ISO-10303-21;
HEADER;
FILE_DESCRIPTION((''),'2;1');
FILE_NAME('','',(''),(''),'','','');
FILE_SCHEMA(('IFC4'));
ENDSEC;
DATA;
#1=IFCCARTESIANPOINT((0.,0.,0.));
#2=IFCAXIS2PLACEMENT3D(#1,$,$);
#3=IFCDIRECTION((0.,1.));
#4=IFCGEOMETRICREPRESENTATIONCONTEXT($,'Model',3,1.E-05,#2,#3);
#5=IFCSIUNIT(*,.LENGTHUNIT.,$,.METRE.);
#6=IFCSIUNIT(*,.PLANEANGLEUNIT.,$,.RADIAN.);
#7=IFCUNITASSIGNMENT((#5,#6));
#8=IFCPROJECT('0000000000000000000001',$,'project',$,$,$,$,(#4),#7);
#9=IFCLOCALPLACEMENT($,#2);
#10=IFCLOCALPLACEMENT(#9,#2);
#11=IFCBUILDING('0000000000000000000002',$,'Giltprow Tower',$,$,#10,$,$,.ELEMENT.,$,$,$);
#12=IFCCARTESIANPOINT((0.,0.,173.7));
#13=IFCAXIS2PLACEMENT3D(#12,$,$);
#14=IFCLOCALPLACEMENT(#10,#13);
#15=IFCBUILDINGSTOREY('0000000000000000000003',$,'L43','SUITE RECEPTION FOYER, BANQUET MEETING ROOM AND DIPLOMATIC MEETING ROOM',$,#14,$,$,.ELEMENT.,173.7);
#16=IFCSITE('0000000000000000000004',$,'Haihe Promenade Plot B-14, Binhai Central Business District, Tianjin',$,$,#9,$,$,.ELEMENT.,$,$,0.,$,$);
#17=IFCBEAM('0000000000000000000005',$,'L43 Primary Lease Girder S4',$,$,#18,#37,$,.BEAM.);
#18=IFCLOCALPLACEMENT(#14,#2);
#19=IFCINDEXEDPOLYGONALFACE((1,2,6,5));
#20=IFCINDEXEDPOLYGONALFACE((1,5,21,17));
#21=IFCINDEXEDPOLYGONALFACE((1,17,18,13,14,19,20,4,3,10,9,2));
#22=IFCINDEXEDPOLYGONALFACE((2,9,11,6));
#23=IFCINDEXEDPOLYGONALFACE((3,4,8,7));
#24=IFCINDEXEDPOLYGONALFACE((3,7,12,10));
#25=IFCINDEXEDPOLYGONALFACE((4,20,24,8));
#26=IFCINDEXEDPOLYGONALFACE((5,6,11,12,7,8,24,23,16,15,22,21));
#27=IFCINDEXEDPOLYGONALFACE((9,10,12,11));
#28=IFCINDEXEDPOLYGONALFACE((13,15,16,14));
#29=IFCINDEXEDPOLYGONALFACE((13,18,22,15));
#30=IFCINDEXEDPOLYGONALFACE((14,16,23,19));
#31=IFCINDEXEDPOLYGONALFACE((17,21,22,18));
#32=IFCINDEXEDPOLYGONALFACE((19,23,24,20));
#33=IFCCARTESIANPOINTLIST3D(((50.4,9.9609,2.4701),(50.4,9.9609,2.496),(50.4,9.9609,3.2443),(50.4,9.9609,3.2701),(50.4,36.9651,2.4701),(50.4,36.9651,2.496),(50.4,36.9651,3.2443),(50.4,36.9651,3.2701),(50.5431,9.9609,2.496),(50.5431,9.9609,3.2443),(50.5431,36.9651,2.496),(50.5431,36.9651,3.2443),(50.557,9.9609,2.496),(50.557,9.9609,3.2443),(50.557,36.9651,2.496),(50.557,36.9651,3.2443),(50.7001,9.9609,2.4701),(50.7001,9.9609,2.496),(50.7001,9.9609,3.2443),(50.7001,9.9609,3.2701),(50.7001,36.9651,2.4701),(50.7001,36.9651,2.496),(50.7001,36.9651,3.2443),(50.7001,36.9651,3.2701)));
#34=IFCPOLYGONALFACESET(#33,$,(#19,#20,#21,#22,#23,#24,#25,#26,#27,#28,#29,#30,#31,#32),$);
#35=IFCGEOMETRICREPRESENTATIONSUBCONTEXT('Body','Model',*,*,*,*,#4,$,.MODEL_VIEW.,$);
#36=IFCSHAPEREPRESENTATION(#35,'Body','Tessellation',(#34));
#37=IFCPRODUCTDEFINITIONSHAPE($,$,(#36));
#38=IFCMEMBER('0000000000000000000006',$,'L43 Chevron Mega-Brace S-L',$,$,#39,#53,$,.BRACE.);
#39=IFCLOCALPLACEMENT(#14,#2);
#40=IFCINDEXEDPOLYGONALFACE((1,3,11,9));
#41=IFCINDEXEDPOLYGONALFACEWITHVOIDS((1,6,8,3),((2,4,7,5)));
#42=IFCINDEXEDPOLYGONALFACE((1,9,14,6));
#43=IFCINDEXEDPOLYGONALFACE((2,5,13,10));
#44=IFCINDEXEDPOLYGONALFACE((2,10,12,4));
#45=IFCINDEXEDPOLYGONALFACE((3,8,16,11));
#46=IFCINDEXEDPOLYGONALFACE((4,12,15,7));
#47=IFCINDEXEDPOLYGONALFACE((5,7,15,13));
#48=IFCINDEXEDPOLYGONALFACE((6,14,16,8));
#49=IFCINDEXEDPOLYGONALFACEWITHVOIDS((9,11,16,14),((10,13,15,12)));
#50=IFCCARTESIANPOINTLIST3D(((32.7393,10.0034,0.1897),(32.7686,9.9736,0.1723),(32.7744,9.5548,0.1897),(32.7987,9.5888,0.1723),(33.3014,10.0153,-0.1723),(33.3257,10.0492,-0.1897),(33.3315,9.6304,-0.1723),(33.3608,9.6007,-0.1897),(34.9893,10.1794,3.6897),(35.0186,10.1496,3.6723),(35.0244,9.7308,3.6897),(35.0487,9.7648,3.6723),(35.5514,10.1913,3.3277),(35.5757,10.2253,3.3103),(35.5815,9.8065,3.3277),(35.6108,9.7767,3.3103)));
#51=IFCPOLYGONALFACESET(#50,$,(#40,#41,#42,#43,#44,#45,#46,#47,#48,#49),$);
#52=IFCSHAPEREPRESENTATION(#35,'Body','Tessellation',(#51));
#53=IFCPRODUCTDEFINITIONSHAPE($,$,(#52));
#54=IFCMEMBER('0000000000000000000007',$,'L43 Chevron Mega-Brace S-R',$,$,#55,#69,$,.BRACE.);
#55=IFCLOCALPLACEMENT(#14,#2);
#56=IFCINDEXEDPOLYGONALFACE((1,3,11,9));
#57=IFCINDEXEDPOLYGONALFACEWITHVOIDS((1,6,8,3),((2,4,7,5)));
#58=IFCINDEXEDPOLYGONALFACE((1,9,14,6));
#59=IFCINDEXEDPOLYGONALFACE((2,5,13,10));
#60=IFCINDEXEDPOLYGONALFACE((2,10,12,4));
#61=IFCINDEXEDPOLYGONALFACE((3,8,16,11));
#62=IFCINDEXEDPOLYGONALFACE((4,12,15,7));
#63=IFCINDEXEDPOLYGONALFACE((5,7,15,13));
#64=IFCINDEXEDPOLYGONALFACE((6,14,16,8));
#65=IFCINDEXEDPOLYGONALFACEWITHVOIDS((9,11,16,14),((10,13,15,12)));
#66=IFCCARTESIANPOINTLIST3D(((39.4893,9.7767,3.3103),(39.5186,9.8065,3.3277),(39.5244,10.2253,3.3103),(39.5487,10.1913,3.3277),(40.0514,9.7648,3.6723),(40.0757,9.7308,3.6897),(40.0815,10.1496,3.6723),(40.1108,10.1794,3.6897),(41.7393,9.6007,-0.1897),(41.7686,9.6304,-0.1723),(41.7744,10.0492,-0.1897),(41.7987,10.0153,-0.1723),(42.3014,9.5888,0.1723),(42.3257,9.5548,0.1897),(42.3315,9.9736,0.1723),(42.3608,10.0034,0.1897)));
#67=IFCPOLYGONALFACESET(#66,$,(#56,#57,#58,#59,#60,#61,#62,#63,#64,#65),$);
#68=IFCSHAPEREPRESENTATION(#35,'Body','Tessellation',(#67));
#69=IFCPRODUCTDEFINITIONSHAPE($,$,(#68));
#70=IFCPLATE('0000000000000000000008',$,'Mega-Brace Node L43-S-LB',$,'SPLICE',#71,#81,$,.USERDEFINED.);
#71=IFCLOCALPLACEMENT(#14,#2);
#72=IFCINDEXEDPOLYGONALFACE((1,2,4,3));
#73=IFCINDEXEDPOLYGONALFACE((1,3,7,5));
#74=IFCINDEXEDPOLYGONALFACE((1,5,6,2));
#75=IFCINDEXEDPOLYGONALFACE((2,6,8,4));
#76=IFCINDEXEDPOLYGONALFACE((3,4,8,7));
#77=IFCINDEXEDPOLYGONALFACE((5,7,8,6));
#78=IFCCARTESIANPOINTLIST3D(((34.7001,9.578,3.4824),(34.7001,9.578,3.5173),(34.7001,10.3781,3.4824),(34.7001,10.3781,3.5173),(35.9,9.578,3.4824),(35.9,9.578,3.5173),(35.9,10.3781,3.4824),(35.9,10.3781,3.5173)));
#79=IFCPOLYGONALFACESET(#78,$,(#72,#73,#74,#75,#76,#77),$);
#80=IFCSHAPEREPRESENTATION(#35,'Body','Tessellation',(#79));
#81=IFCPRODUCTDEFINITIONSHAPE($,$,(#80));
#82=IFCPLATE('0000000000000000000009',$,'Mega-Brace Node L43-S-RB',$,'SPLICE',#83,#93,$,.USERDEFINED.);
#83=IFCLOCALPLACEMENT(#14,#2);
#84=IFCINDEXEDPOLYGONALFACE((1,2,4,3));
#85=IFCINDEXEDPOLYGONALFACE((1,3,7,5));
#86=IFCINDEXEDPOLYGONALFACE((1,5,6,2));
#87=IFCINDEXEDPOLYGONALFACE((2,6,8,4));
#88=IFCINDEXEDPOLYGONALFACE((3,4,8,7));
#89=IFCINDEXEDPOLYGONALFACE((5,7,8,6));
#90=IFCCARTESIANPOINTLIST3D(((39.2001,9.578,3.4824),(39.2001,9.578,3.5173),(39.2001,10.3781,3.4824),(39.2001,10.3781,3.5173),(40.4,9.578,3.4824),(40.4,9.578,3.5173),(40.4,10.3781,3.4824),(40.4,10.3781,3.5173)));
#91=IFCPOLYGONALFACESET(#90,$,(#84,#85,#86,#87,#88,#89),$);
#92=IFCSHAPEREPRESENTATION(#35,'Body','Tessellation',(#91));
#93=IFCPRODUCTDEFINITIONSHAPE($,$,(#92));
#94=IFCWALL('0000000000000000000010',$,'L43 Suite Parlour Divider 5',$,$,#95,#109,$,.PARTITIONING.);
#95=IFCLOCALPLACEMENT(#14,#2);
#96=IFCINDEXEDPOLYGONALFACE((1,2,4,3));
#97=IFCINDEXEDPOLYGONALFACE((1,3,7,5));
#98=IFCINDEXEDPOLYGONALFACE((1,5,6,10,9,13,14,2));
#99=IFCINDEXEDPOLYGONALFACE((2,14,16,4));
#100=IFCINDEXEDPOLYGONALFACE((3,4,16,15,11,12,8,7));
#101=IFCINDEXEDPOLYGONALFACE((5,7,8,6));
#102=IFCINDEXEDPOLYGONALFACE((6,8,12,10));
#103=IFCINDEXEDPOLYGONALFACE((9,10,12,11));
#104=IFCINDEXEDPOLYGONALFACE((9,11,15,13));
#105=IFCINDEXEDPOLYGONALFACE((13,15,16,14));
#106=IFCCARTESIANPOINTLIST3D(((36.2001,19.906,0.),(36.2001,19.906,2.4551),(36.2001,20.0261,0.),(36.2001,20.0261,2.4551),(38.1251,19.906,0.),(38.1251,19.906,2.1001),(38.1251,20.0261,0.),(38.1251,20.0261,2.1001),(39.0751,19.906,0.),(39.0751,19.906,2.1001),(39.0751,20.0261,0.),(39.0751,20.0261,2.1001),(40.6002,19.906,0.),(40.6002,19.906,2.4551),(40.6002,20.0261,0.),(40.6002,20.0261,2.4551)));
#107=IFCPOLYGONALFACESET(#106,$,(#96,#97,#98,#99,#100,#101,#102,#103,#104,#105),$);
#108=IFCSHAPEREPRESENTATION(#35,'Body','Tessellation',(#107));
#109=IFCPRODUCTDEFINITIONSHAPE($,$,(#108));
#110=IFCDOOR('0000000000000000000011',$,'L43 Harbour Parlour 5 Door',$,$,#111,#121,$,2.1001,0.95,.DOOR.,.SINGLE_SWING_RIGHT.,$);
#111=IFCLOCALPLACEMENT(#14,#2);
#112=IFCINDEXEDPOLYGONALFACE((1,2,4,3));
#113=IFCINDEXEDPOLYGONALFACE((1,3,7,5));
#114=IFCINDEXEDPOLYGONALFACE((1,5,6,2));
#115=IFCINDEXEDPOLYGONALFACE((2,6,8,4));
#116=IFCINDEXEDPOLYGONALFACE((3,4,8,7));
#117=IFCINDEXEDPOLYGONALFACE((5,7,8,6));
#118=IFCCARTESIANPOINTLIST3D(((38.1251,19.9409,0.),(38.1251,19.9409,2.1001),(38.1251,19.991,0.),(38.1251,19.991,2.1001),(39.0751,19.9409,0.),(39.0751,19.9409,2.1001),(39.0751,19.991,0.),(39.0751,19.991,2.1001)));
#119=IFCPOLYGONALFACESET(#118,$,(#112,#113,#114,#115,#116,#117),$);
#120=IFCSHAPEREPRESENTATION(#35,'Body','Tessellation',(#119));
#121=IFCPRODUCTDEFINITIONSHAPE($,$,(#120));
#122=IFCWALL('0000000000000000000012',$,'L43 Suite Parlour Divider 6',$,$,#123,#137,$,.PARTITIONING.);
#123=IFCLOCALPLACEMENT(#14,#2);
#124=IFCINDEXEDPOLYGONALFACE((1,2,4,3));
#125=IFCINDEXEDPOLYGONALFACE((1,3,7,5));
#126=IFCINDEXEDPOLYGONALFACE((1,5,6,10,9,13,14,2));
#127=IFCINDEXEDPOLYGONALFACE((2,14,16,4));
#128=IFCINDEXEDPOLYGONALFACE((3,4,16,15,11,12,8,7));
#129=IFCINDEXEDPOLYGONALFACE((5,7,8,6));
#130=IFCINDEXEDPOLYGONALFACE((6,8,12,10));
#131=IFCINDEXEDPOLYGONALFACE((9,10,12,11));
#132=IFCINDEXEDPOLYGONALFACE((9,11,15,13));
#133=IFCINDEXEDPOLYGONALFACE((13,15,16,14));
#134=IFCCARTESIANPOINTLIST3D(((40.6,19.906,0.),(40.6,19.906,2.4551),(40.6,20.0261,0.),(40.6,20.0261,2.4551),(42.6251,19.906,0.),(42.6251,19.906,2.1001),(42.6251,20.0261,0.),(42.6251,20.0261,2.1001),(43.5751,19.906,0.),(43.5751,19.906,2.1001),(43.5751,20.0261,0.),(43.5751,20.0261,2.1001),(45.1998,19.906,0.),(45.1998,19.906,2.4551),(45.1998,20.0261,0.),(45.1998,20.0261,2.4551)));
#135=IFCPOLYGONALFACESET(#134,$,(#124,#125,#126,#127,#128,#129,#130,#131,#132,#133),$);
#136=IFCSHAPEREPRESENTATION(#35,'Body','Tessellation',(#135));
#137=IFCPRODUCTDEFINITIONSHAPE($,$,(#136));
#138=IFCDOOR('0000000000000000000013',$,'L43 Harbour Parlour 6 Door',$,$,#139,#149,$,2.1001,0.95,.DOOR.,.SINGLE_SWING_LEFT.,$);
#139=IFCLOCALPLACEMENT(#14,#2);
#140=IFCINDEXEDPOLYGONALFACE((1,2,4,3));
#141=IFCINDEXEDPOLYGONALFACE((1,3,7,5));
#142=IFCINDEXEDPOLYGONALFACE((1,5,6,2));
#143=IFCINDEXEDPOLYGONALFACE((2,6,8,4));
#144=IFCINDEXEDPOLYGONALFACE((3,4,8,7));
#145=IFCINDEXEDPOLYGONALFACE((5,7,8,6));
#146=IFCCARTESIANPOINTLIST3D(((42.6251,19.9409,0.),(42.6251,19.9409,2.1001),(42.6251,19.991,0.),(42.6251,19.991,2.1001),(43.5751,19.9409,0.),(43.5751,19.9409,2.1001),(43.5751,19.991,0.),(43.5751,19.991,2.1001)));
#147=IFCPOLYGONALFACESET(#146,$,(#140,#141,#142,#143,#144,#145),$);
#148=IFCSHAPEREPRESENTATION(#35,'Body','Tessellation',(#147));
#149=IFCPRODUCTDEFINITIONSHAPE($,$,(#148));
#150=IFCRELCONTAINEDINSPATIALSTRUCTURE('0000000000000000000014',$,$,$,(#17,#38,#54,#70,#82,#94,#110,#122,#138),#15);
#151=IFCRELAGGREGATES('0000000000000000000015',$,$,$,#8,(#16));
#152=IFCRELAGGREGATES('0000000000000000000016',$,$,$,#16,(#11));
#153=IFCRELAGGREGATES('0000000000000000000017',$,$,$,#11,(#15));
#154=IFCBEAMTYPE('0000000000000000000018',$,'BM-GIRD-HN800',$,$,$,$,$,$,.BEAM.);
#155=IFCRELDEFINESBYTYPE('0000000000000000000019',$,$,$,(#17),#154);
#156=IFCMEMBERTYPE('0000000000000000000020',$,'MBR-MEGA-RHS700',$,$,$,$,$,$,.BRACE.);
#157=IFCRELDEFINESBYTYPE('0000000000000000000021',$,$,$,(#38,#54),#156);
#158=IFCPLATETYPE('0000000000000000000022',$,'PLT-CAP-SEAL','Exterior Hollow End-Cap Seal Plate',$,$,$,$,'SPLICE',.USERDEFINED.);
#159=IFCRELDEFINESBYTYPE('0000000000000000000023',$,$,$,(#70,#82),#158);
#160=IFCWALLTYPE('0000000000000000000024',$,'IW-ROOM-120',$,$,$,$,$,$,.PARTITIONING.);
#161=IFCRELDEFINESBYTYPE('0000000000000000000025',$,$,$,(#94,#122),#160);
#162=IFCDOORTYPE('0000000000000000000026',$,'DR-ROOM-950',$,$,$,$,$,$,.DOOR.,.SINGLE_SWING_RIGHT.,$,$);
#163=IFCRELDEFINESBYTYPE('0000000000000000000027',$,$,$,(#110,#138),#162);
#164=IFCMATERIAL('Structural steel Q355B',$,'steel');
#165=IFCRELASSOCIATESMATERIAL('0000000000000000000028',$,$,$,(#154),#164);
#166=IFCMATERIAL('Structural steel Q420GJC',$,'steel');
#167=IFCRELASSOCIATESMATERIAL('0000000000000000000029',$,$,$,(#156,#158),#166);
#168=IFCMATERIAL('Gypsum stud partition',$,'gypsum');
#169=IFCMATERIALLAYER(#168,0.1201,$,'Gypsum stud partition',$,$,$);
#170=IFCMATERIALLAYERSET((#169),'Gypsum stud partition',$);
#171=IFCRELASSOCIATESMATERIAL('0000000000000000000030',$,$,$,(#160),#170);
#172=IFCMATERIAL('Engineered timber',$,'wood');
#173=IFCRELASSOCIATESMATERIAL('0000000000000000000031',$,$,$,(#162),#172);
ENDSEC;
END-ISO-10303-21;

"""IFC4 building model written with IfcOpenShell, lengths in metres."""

from ifc_helpers import new_model, si_unit, direction, frame, frame_2d, origin, origin_2d, place, context, subcontext, project, spatial, rectangle, hollow_rectangle, i_section, extrude, source, transform, mapped, material, layer, layer_set, material_profile, profile_set, type_object, element, fill, save


model = new_model("IFC4")

# Units and contexts
model_context = context("Model", 3, precision=1e-05, world=origin(), true_north=direction((0.0, 1.0)))
body_context = subcontext(model_context, "Body", "Model", "MODEL_VIEW")
ifc_project = project(units=[si_unit("LENGTHUNIT", "METRE"), si_unit("PLANEANGLEUNIT", "RADIAN")], contexts=[model_context])

# Site, building, storey
site_placement = place(None, origin())
site = spatial("IfcSite", under=ifc_project, at=site_placement, Name="Haihe Promenade Plot B-14, Binhai Central Business District, Tianjin", CompositionType="ELEMENT", RefElevation=0.0)
building_placement = place(site_placement, origin())
building = spatial("IfcBuilding", under=site, at=building_placement, Name="Giltprow Tower", CompositionType="ELEMENT")
storey_placement = place(building_placement, frame((0.0, 0.0, 173.7)))
storey = spatial("IfcBuildingStorey", under=building, at=storey_placement, Name="L43", Description="SUITE RECEPTION FOYER, BANQUET MEETING ROOM AND DIPLOMATIC MEETING ROOM", CompositionType="ELEMENT", Elevation=173.7)

# Beam
ifc_material_1 = material(Name="Structural steel Q355B", Category="steel")
ifc_material_profile_1 = material_profile(ifc_material_1, i_section(OverallWidth=0.3, OverallDepth=0.8, WebThickness=0.0139, FlangeThickness=0.0259, at=origin_2d()), Name="HN 800x300x14x26")
ifc_profile_set_1 = profile_set([ifc_material_profile_1], Name="Structural steel Q355B")
beam_type_1 = type_object("IfcBeamType", Name="BM-GIRD-HN800", PredefinedType="BEAM", material=ifc_profile_set_1)
shared_shape_1 = source(origin(), body_context, "Body", "SweptSolid", [
    extrude(i_section(OverallWidth=0.3, OverallDepth=0.8, WebThickness=0.0139, FlangeThickness=0.0259, at=origin_2d()), origin(), (0.0, 0.0, 1.0), 27.0042),
])
for number, where, z_axis, x_axis, name in (
    (1, (50.55, 9.9609, 2.8701), (0.0, 1.0, 0.0), (-1.0, 0.0, 0.0), "L43 Primary Lease Girder S4"),
):
    element("IfcBeam", number, at=place(storey_placement, frame(where, z_axis=z_axis, x_axis=x_axis)), inside=storey, type_object=beam_type_1, Name=name, PredefinedType="BEAM", context=body_context, shape_type="MappedRepresentation", body=[
        mapped(shared_shape_1, transform((0.0, 0.0, 0.0), x_axis=(1.0, 0.0, 0.0), y_axis=(0.0, 1.0, 0.0), z_axis=(0.0, 0.0, 1.0), scale=1.0)),
    ])

# Members
ifc_material_2 = material(Name="Structural steel Q420GJC", Category="steel")
ifc_material_profile_2 = material_profile(ifc_material_2, hollow_rectangle(XDim=0.45, YDim=0.7, WallThickness=0.032, at=origin_2d()), Name="RHS 700x450x32")
ifc_profile_set_2 = profile_set([ifc_material_profile_2], Name="Structural steel Q420GJC")
member_type = type_object("IfcMemberType", Name="MBR-MEGA-RHS700", PredefinedType="BRACE", material=ifc_profile_set_2)
shared_shape_2 = source(origin(), body_context, "Body", "SweptSolid", [
    extrude(hollow_rectangle(XDim=0.45, YDim=0.7, WallThickness=0.032, at=origin_2d()), origin(), (0.0, 0.0, 1.0), 4.1646),
])
for number, where, z_axis, x_axis, name in (
    (2, (33.05, 9.802, 0.0), (0.540274, 0.042268, 0.840427), (-0.077995, 0.996954, 0.0), "L43 Chevron Mega-Brace S-L"),
    (3, (42.05, 9.802, 0.0), (-0.540274, 0.042268, 0.840427), (-0.077995, -0.996954, 0.0), "L43 Chevron Mega-Brace S-R"),
):
    element("IfcMember", number, at=place(storey_placement, frame(where, z_axis=z_axis, x_axis=x_axis)), inside=storey, type_object=member_type, Name=name, PredefinedType="BRACE", context=body_context, shape_type="MappedRepresentation", body=[
        mapped(shared_shape_2, transform((0.0, 0.0, 0.0), x_axis=(1.0, 0.0, 0.0), y_axis=(0.0, 1.0, 0.0), z_axis=(0.0, 0.0, 1.0), scale=1.0)),
    ])

# Plates
plate_type = type_object("IfcPlateType", Name="PLT-CAP-SEAL", Description="Exterior Hollow End-Cap Seal Plate", ElementType="SPLICE", PredefinedType="USERDEFINED", material=ifc_material_2)
shared_shape_3 = source(origin(), body_context, "Body", "SweptSolid", [
    extrude(rectangle(XDim=1.2, YDim=0.8, at=origin_2d()), origin(), (0.0, 0.0, 1.0), 0.0349),
])
for number, where, z_axis, x_axis, name in (
    (4, (35.3, 9.978, 3.4824), (0.0, 0.0, 1.0), (1.0, 0.0, 0.0), "Mega-Brace Node L43-S-LB"),
    (5, (39.8, 9.978, 3.4824), (0.0, 0.0, 1.0), (1.0, 0.0, 0.0), "Mega-Brace Node L43-S-RB"),
):
    element("IfcPlate", number, at=place(storey_placement, frame(where, z_axis=z_axis, x_axis=x_axis)), inside=storey, type_object=plate_type, Name=name, ObjectType="SPLICE", PredefinedType="USERDEFINED", context=body_context, shape_type="MappedRepresentation", body=[
        mapped(shared_shape_3, transform((0.0, 0.0, 0.0), x_axis=(1.0, 0.0, 0.0), y_axis=(0.0, 1.0, 0.0), z_axis=(0.0, 0.0, 1.0), scale=1.0)),
    ])

# Walls, openings, doors
ifc_material_3 = material(Name="Gypsum stud partition", Category="gypsum")
ifc_layer = layer(ifc_material_3, 0.1201, Name="Gypsum stud partition")
ifc_layer_set = layer_set([ifc_layer], Name="Gypsum stud partition")
wall_type = type_object("IfcWallType", Name="IW-ROOM-120", PredefinedType="PARTITIONING", material=ifc_layer_set)
wall_1_placement = place(storey_placement, frame((36.2, 19.9661, 0.0), z_axis=(0.0, 0.0, 1.0), x_axis=(1.0, 0.0, 0.0)))
wall_1 = element("IfcWall", 6, at=wall_1_placement, inside=storey, type_object=wall_type, Name="L43 Suite Parlour Divider 5", PredefinedType="PARTITIONING", context=body_context, shape_type="SweptSolid", body=[
    extrude(rectangle(XDim=4.4001, YDim=0.1201, at=frame_2d((2.2002, 0.0))), origin(), (0.0, 0.0, 1.0), 2.4551),
])
opening_1_placement = place(wall_1_placement, frame((1.925, 0.0, 0.0)))
opening_1 = element("IfcOpeningElement", 7, at=opening_1_placement, cuts=wall_1, PredefinedType="OPENING", context=body_context, shape_type="SweptSolid", body=[
    extrude(rectangle(XDim=0.95, YDim=2.1001, at=frame_2d((0.4751, 1.05))), frame((0.0, 0.0701, 0.0), z_axis=(0.0, -1.0, 0.0), x_axis=(1.0, 0.0, 0.0)), (0.0, 0.0, 1.0), 0.1401),
])
ifc_material_4 = material(Name="Engineered timber", Category="wood")
door_type = type_object("IfcDoorType", Name="DR-ROOM-950", OperationType="SINGLE_SWING_RIGHT", PredefinedType="DOOR", material=ifc_material_4)
shared_shape_4 = source(origin(), body_context, "Body", "SweptSolid", [
    extrude(rectangle(XDim=0.95, YDim=2.1001, at=frame_2d((0.4751, 1.05))), frame((0.0, 0.0249, 0.0), z_axis=(0.0, -1.0, 0.0), x_axis=(1.0, 0.0, 0.0)), (0.0, 0.0, 1.0), 0.05),
])
door_1_placement = place(opening_1_placement, origin())
door_1 = element("IfcDoor", 8, at=door_1_placement, inside=storey, type_object=door_type, Name="L43 Harbour Parlour 5 Door", OperationType="SINGLE_SWING_RIGHT", OverallHeight=2.1001, OverallWidth=0.95, PredefinedType="DOOR", context=body_context, shape_type="MappedRepresentation", body=[
    mapped(shared_shape_4, transform((0.0, 0.0, 0.0), x_axis=(1.0, 0.0, 0.0), y_axis=(0.0, 1.0, 0.0), z_axis=(0.0, 0.0, 1.0), scale=1.0)),
])
fill(opening_1, door_1)
wall_2_placement = place(storey_placement, frame((40.6001, 19.9661, 0.0), z_axis=(0.0, 0.0, 1.0), x_axis=(1.0, 0.0, 0.0)))
wall_2 = element("IfcWall", 9, at=wall_2_placement, inside=storey, type_object=wall_type, Name="L43 Suite Parlour Divider 6", PredefinedType="PARTITIONING", context=body_context, shape_type="SweptSolid", body=[
    extrude(rectangle(XDim=4.5999, YDim=0.1201, at=frame_2d((2.2998, 0.0))), origin(), (0.0, 0.0, 1.0), 2.4551),
])
opening_2_placement = place(wall_2_placement, frame((2.0249, 0.0, 0.0)))
opening_2 = element("IfcOpeningElement", 10, at=opening_2_placement, cuts=wall_2, PredefinedType="OPENING", context=body_context, shape_type="SweptSolid", body=[
    extrude(rectangle(XDim=0.95, YDim=2.1001, at=frame_2d((0.4751, 1.05))), frame((0.0, 0.0701, 0.0), z_axis=(0.0, -1.0, 0.0), x_axis=(1.0, 0.0, 0.0)), (0.0, 0.0, 1.0), 0.1401),
])
door_2_placement = place(opening_2_placement, origin())
door_2 = element("IfcDoor", 11, at=door_2_placement, inside=storey, type_object=door_type, Name="L43 Harbour Parlour 6 Door", OperationType="SINGLE_SWING_LEFT", OverallHeight=2.1001, OverallWidth=0.95, PredefinedType="DOOR", context=body_context, shape_type="MappedRepresentation", body=[
    mapped(shared_shape_4, transform((0.0, 0.0, 0.0), x_axis=(1.0, 0.0, 0.0), y_axis=(0.0, 1.0, 0.0), z_axis=(0.0, 0.0, 1.0), scale=1.0)),
])
fill(opening_2, door_2)

save(model, "model.ifc")
